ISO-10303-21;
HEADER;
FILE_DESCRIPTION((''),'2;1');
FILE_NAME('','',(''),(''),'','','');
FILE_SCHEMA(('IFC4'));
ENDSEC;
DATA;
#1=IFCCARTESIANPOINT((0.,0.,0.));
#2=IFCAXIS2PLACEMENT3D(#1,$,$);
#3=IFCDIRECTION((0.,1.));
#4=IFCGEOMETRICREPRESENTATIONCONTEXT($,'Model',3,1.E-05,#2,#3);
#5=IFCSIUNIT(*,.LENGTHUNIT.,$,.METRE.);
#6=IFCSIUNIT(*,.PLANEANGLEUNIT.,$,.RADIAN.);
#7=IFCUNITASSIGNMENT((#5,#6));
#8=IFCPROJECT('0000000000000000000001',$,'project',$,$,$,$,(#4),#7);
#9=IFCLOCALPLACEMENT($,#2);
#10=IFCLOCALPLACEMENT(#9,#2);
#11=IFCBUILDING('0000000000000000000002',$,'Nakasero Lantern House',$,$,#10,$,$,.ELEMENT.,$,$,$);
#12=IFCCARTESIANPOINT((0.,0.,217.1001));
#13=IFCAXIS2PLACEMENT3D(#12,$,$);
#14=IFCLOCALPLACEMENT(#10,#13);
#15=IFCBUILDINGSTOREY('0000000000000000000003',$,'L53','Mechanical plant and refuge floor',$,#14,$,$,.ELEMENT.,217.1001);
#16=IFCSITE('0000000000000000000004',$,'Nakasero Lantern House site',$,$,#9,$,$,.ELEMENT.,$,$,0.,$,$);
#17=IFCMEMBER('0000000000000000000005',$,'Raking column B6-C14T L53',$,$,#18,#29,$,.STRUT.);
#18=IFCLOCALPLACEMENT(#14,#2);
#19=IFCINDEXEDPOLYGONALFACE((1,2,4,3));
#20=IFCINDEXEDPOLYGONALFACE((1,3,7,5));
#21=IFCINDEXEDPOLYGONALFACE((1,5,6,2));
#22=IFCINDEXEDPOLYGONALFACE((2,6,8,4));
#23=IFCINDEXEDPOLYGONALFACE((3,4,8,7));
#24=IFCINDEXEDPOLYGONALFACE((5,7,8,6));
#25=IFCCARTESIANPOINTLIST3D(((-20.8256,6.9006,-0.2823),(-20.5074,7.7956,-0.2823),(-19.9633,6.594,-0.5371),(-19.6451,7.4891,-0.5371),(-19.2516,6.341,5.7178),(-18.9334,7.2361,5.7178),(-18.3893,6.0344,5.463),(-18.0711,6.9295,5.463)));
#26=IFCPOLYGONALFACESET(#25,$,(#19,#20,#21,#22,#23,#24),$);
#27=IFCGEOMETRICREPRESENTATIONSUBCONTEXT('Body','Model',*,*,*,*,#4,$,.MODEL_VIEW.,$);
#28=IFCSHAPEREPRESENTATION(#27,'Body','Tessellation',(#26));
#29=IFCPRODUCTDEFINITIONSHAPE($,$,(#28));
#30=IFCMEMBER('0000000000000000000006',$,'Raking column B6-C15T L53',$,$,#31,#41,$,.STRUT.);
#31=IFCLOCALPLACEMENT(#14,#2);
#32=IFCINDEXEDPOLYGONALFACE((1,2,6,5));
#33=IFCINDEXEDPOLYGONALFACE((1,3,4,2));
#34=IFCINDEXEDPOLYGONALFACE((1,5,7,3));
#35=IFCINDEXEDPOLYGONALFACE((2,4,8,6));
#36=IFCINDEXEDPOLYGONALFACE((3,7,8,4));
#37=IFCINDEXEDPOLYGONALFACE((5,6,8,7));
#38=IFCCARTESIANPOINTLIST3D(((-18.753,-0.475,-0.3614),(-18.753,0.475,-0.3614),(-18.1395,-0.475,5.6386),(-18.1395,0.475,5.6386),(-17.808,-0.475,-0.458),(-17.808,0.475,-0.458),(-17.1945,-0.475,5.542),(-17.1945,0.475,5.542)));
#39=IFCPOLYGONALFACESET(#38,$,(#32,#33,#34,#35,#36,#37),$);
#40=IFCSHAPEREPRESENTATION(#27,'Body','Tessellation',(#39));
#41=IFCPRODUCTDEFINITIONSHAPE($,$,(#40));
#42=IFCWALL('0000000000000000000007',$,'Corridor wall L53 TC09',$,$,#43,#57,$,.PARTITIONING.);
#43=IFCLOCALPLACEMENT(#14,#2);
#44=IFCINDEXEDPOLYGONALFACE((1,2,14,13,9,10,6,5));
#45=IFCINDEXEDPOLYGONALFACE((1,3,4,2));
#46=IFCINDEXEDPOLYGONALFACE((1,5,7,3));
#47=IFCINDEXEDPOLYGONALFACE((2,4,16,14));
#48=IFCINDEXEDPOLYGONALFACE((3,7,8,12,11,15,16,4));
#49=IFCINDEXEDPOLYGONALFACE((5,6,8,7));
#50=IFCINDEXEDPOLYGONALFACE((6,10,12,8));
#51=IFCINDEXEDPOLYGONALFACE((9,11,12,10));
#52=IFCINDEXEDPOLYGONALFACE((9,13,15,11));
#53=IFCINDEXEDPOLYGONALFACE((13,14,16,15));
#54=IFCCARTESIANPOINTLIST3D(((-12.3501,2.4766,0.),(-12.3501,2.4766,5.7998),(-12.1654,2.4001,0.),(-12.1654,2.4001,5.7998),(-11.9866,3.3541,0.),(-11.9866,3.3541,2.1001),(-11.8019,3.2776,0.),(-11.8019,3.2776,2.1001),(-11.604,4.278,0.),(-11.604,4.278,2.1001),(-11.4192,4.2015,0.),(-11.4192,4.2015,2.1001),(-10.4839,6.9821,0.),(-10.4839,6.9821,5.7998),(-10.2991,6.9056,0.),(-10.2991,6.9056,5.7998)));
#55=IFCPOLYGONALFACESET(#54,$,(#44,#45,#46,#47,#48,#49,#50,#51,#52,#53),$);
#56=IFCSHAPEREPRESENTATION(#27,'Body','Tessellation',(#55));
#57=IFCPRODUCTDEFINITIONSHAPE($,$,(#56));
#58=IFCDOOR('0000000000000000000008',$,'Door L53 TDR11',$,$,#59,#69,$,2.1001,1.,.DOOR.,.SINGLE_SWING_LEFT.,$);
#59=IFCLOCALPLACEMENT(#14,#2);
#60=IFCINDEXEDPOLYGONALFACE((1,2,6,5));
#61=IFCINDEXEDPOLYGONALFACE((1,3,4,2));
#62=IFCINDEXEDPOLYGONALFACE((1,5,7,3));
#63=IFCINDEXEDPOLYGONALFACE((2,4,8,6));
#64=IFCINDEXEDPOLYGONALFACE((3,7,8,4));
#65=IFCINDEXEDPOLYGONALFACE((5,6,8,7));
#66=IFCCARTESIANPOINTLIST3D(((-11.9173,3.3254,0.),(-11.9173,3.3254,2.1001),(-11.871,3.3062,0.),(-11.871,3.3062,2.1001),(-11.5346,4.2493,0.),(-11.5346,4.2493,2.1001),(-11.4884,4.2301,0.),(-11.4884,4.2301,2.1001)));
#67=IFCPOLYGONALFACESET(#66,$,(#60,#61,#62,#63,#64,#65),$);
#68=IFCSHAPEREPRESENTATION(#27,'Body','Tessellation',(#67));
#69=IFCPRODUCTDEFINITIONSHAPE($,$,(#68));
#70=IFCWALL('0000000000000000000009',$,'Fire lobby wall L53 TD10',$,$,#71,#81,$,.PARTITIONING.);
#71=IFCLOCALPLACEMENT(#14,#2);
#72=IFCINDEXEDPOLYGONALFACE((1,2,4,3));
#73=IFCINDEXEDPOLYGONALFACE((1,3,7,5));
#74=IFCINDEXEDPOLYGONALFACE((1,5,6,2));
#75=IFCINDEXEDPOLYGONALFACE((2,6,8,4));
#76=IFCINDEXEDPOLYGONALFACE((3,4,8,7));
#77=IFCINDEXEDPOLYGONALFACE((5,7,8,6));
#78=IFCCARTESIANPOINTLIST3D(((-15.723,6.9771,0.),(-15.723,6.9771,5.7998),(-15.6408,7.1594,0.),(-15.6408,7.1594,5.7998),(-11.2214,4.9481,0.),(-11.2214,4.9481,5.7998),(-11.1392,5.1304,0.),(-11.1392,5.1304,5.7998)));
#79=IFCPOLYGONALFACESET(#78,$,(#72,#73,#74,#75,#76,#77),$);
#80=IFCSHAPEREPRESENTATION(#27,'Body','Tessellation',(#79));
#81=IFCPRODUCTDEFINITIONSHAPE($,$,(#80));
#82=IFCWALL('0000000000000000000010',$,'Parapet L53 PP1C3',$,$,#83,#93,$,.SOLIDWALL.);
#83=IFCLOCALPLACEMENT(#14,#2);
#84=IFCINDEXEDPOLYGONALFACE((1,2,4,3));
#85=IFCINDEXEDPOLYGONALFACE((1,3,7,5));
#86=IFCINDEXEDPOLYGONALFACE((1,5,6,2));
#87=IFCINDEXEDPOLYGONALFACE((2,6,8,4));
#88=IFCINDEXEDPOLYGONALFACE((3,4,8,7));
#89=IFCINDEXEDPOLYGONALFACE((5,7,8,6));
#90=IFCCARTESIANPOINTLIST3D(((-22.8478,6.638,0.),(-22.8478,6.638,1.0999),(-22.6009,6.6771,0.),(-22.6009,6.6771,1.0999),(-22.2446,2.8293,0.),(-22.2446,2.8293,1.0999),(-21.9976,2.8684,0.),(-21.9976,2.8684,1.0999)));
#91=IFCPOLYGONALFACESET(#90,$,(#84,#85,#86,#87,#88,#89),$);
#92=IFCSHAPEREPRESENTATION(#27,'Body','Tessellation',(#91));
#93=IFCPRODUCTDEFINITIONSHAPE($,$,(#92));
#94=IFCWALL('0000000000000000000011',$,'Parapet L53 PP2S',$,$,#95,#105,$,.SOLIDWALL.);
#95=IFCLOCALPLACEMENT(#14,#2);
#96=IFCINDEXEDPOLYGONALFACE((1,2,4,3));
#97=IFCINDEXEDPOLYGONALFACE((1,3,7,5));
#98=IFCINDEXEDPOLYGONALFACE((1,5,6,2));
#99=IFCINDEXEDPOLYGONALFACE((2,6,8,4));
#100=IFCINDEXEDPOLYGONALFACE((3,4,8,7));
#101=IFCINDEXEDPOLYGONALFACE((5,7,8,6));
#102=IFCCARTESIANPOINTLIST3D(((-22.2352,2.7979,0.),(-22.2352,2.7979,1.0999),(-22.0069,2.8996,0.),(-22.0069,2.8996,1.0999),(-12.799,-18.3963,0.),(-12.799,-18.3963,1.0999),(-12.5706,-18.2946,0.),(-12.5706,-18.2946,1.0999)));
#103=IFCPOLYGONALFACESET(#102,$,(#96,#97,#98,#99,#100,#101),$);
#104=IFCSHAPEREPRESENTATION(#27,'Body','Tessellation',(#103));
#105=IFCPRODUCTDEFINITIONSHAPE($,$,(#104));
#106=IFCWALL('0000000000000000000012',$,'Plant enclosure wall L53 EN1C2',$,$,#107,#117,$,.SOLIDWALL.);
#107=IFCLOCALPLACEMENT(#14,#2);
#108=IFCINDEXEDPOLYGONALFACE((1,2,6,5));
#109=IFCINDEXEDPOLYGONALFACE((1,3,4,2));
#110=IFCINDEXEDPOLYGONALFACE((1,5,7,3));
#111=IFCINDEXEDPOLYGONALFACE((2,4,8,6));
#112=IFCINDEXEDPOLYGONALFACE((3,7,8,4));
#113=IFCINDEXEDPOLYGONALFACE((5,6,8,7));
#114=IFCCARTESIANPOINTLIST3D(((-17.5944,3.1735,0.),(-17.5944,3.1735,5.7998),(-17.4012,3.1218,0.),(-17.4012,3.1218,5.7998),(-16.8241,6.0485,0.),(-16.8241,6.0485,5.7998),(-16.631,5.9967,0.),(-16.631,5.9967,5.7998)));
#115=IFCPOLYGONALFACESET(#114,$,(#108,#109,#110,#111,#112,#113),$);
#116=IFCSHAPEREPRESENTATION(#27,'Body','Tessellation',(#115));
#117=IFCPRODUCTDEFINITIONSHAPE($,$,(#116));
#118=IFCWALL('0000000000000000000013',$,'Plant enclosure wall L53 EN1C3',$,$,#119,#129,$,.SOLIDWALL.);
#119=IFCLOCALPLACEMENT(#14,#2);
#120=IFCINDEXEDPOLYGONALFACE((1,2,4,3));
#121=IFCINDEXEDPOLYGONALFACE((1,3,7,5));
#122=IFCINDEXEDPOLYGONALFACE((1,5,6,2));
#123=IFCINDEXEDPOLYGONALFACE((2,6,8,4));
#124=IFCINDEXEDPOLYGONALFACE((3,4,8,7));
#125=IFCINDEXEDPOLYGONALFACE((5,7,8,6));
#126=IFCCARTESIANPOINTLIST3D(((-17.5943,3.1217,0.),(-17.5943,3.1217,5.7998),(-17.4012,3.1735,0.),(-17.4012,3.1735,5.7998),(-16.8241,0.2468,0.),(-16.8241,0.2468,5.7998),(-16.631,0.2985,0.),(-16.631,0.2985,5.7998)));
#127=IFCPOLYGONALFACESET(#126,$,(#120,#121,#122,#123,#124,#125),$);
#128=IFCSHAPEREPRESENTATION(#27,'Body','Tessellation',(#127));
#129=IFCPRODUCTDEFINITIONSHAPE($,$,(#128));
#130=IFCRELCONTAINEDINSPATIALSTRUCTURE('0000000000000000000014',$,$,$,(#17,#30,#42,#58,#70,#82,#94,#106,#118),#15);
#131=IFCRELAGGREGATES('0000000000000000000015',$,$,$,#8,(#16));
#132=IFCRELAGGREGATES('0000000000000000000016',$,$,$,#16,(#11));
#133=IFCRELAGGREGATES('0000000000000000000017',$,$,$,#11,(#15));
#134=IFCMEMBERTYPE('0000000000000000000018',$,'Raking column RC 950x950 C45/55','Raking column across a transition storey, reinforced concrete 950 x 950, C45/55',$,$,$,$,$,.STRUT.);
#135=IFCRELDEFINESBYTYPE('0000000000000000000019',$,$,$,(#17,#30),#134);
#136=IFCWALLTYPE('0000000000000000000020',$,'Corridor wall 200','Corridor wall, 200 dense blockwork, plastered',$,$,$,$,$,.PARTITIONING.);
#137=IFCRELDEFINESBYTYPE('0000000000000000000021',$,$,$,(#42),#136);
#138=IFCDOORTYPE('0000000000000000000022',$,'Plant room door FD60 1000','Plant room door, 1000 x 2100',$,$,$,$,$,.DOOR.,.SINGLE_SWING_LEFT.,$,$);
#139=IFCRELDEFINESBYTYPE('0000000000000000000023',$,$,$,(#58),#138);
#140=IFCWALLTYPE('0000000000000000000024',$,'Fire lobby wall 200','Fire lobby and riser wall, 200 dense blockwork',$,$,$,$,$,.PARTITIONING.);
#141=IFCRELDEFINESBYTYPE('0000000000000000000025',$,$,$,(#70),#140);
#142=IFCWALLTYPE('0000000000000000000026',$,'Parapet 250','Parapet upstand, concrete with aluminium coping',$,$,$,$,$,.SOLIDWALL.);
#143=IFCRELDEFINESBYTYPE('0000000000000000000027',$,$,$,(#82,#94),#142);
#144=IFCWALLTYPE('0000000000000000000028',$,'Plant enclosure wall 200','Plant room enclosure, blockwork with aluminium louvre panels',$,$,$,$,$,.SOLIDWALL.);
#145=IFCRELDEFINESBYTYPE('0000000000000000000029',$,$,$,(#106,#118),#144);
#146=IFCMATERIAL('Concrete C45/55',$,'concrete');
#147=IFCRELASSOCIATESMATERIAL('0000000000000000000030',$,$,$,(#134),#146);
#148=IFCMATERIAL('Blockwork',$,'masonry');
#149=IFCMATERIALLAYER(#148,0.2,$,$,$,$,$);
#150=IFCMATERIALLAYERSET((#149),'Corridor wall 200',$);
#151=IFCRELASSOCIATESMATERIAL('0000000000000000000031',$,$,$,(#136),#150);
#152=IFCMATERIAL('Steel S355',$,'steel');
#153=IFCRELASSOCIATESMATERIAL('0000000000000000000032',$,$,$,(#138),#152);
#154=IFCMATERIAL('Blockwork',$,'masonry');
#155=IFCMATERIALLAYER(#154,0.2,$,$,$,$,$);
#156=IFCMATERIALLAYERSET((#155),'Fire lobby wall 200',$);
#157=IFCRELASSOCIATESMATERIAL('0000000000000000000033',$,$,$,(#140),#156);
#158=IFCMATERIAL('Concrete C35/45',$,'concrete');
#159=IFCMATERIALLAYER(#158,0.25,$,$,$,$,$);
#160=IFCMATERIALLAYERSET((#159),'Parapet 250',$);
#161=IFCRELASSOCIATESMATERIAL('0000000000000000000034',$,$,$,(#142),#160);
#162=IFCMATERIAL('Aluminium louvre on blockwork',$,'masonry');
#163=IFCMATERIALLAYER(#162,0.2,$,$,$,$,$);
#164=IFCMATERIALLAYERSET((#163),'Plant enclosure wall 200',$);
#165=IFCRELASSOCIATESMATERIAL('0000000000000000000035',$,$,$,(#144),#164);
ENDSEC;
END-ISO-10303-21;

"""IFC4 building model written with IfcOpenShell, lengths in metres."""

from ifc_helpers import new_model, si_unit, direction, frame, frame_2d, origin, origin_2d, place, context, subcontext, project, spatial, rectangle, extrude, material, layer, layer_set, material_profile, profile_set, type_object, element, fill, save


model = new_model("IFC4")

# Units and contexts
model_context = context("Model", 3, precision=1e-05, world=origin(), true_north=direction((0.0, 1.0)))
body_context = subcontext(model_context, "Body", "Model", "MODEL_VIEW")
ifc_project = project(units=[si_unit("LENGTHUNIT", "METRE"), si_unit("PLANEANGLEUNIT", "RADIAN")], contexts=[model_context])

# Site, building, storey
site_placement = place(None, origin())
site = spatial("IfcSite", under=ifc_project, at=site_placement, Name="Nakasero Lantern House site", CompositionType="ELEMENT", RefElevation=0.0)
building_placement = place(site_placement, origin())
building = spatial("IfcBuilding", under=site, at=building_placement, Name="Nakasero Lantern House", CompositionType="ELEMENT")
storey_placement = place(building_placement, frame((0.0, 0.0, 217.1001)))
storey = spatial("IfcBuildingStorey", under=building, at=storey_placement, Name="L53", Description="Mechanical plant and refuge floor", CompositionType="ELEMENT", Elevation=217.1001)

# Members
ifc_material_1 = material(Name="Concrete C45/55", Category="concrete")
ifc_material_profile_1 = material_profile(ifc_material_1, rectangle(XDim=0.95, YDim=0.95, at=origin_2d()), Name="RC 950x950")
ifc_profile_set_1 = profile_set([ifc_material_profile_1], Name="Concrete C45/55")
member_type_1 = type_object("IfcMemberType", Name="Raking column RC 950x950 C45/55", Description="Raking column across a transition storey, reinforced concrete 950 x 950, C45/55", PredefinedType="STRUT", material=ifc_profile_set_1)
member_1_placement = place(storey_placement, frame((-20.2354, 7.1948, -0.4097), z_axis=(0.252717, -0.089845, 0.96336), x_axis=(0.334975, 0.942227, 0.0)))
element("IfcMember", 1, at=member_1_placement, inside=storey, type_object=member_type_1, Name="Raking column B6-C14T L53", PredefinedType="STRUT", context=body_context, shape_type="SweptSolid", body=[
    extrude(rectangle(XDim=0.95, YDim=0.95, at=origin_2d()), origin(), (0.0, 0.0, 1.0), 6.2283),
])
member_2_placement = place(storey_placement, frame((-18.2805, 0.0, -0.4097), z_axis=(0.101724, 0.0, 0.994813), x_axis=(0.0, 1.0, 0.0)))
element("IfcMember", 2, at=member_2_placement, inside=storey, type_object=member_type_1, Name="Raking column B6-C15T L53", PredefinedType="STRUT", context=body_context, shape_type="SweptSolid", body=[
    extrude(rectangle(XDim=0.95, YDim=0.95, at=origin_2d()), origin(), (0.0, 0.0, 1.0), 6.0312),
])

# Wall, opening, door
ifc_material_2 = material(Name="Blockwork", Category="masonry")
ifc_layer_1 = layer(ifc_material_2, 0.2)
ifc_layer_set_1 = layer_set([ifc_layer_1], Name="Corridor wall 200")
wall_type_1 = type_object("IfcWallType", Name="Corridor wall 200", Description="Corridor wall, 200 dense blockwork, plastered", PredefinedType="PARTITIONING", material=ifc_layer_set_1)
wall_1_placement = place(storey_placement, frame((-12.2578, 2.4382, 0.0), z_axis=(0.0, 0.0, 1.0), x_axis=(0.382688, 0.923878, 0.0)))
wall_1 = element("IfcWall", 3, at=wall_1_placement, inside=storey, type_object=wall_type_1, Name="Corridor wall L53 TC09", PredefinedType="PARTITIONING", context=body_context, shape_type="SweptSolid", body=[
    extrude(rectangle(XDim=4.8767, YDim=0.2, at=frame_2d((2.4385, 0.0))), origin(), (0.0, 0.0, 1.0), 5.7998),
])
opening_1_placement = place(wall_1_placement, frame((0.95, 0.0, 0.0)))
opening_1 = element("IfcOpeningElement", 4, at=opening_1_placement, cuts=wall_1, PredefinedType="OPENING", context=body_context, shape_type="SweptSolid", body=[
    extrude(rectangle(XDim=1.0, YDim=2.1001, at=frame_2d((0.5, 1.05))), frame((0.0, 0.1199, 0.0), z_axis=(0.0, -1.0, 0.0), x_axis=(1.0, 0.0, 0.0)), (0.0, 0.0, 1.0), 0.24),
])
ifc_material_3 = material(Name="Steel S355", Category="steel")
door_type_1 = type_object("IfcDoorType", Name="Plant room door FD60 1000", Description="Plant room door, 1000 x 2100", OperationType="SINGLE_SWING_LEFT", PredefinedType="DOOR", material=ifc_material_3)
door_1_placement = place(opening_1_placement, origin())
door_1 = element("IfcDoor", 5, at=door_1_placement, inside=storey, type_object=door_type_1, Name="Door L53 TDR11", OperationType="SINGLE_SWING_LEFT", OverallHeight=2.1001, OverallWidth=1.0, PredefinedType="DOOR", context=body_context, shape_type="SweptSolid", body=[
    extrude(rectangle(XDim=1.0, YDim=2.1001, at=frame_2d((0.5, 1.05))), frame((0.0, 0.0249, 0.0), z_axis=(0.0, -1.0, 0.0), x_axis=(1.0, 0.0, 0.0)), (0.0, 0.0, 1.0), 0.05),
])
fill(opening_1, door_1)

# Walls
ifc_material_4 = material(Name="Blockwork", Category="masonry")
ifc_layer_2 = layer(ifc_material_4, 0.2)
ifc_layer_set_2 = layer_set([ifc_layer_2], Name="Fire lobby wall 200")
wall_type_2 = type_object("IfcWallType", Name="Fire lobby wall 200", Description="Fire lobby and riser wall, 200 dense blockwork", PredefinedType="PARTITIONING", material=ifc_layer_set_2)
wall_2_placement = place(storey_placement, frame((-11.1804, 5.0393, 0.0), z_axis=(0.0, 0.0, 1.0), x_axis=(-0.911672, 0.410918, 0.0)))
element("IfcWall", 6, at=wall_2_placement, inside=storey, type_object=wall_type_2, Name="Fire lobby wall L53 TD10", PredefinedType="PARTITIONING", context=body_context, shape_type="SweptSolid", body=[
    extrude(rectangle(XDim=4.9377, YDim=0.2, at=frame_2d((2.4688, 0.0))), origin(), (0.0, 0.0, 1.0), 5.7998),
])
ifc_material_5 = material(Name="Concrete C35/45", Category="concrete")
ifc_layer_3 = layer(ifc_material_5, 0.25)
ifc_layer_set_3 = layer_set([ifc_layer_3], Name="Parapet 250")
wall_type_3 = type_object("IfcWallType", Name="Parapet 250", Description="Parapet upstand, concrete with aluminium coping", PredefinedType="SOLIDWALL", material=ifc_layer_set_3)
wall_3_placement = place(storey_placement, frame((-22.7244, 6.6577, 0.0), z_axis=(0.0, 0.0, 1.0), x_axis=(0.156437, -0.987688, 0.0)))
element("IfcWall", 7, at=wall_3_placement, inside=storey, type_object=wall_type_3, Name="Parapet L53 PP1C3", PredefinedType="SOLIDWALL", context=body_context, shape_type="SweptSolid", body=[
    extrude(rectangle(XDim=3.8562, YDim=0.25, at=frame_2d((1.9282, 0.0))), origin(), (0.0, 0.0, 1.0), 1.0999),
])
wall_4_placement = place(storey_placement, frame((-22.1211, 2.8489, 0.0), z_axis=(0.0, 0.0, 1.0), x_axis=(0.406735, -0.913546, 0.0)))
element("IfcWall", 8, at=wall_4_placement, inside=storey, type_object=wall_type_3, Name="Parapet L53 PP2S", PredefinedType="SOLIDWALL", context=body_context, shape_type="SweptSolid", body=[
    extrude(rectangle(XDim=23.2, YDim=0.25, at=frame_2d((11.6001, 0.0))), origin(), (0.0, 0.0, 1.0), 1.0999),
])
ifc_material_6 = material(Name="Aluminium louvre on blockwork", Category="masonry")
ifc_layer_4 = layer(ifc_material_6, 0.2)
ifc_layer_set_4 = layer_set([ifc_layer_4], Name="Plant enclosure wall 200")
wall_type_4 = type_object("IfcWallType", Name="Plant enclosure wall 200", Description="Plant room enclosure, blockwork with aluminium louvre panels", PredefinedType="SOLIDWALL", material=ifc_layer_set_4)
for number, where, z_axis, x_axis, name in (
    (9, (-16.7275, 6.0227, 0.0), (0.0, 0.0, 1.0), (-0.258791, -0.965933, 0.0), "Plant enclosure wall L53 EN1C2"),
    (10, (-17.4978, 3.1477, 0.0), (0.0, 0.0, 1.0), (0.258791, -0.965933, 0.0), "Plant enclosure wall L53 EN1C3"),
):
    element("IfcWall", number, at=place(storey_placement, frame(where, z_axis=z_axis, x_axis=x_axis)), inside=storey, type_object=wall_type_4, Name=name, PredefinedType="SOLIDWALL", context=body_context, shape_type="SweptSolid", body=[
        extrude(rectangle(XDim=2.9763, YDim=0.2, at=frame_2d((1.4883, 0.0))), origin(), (0.0, 0.0, 1.0), 5.7998),
    ])

save(model, "model.ifc")
